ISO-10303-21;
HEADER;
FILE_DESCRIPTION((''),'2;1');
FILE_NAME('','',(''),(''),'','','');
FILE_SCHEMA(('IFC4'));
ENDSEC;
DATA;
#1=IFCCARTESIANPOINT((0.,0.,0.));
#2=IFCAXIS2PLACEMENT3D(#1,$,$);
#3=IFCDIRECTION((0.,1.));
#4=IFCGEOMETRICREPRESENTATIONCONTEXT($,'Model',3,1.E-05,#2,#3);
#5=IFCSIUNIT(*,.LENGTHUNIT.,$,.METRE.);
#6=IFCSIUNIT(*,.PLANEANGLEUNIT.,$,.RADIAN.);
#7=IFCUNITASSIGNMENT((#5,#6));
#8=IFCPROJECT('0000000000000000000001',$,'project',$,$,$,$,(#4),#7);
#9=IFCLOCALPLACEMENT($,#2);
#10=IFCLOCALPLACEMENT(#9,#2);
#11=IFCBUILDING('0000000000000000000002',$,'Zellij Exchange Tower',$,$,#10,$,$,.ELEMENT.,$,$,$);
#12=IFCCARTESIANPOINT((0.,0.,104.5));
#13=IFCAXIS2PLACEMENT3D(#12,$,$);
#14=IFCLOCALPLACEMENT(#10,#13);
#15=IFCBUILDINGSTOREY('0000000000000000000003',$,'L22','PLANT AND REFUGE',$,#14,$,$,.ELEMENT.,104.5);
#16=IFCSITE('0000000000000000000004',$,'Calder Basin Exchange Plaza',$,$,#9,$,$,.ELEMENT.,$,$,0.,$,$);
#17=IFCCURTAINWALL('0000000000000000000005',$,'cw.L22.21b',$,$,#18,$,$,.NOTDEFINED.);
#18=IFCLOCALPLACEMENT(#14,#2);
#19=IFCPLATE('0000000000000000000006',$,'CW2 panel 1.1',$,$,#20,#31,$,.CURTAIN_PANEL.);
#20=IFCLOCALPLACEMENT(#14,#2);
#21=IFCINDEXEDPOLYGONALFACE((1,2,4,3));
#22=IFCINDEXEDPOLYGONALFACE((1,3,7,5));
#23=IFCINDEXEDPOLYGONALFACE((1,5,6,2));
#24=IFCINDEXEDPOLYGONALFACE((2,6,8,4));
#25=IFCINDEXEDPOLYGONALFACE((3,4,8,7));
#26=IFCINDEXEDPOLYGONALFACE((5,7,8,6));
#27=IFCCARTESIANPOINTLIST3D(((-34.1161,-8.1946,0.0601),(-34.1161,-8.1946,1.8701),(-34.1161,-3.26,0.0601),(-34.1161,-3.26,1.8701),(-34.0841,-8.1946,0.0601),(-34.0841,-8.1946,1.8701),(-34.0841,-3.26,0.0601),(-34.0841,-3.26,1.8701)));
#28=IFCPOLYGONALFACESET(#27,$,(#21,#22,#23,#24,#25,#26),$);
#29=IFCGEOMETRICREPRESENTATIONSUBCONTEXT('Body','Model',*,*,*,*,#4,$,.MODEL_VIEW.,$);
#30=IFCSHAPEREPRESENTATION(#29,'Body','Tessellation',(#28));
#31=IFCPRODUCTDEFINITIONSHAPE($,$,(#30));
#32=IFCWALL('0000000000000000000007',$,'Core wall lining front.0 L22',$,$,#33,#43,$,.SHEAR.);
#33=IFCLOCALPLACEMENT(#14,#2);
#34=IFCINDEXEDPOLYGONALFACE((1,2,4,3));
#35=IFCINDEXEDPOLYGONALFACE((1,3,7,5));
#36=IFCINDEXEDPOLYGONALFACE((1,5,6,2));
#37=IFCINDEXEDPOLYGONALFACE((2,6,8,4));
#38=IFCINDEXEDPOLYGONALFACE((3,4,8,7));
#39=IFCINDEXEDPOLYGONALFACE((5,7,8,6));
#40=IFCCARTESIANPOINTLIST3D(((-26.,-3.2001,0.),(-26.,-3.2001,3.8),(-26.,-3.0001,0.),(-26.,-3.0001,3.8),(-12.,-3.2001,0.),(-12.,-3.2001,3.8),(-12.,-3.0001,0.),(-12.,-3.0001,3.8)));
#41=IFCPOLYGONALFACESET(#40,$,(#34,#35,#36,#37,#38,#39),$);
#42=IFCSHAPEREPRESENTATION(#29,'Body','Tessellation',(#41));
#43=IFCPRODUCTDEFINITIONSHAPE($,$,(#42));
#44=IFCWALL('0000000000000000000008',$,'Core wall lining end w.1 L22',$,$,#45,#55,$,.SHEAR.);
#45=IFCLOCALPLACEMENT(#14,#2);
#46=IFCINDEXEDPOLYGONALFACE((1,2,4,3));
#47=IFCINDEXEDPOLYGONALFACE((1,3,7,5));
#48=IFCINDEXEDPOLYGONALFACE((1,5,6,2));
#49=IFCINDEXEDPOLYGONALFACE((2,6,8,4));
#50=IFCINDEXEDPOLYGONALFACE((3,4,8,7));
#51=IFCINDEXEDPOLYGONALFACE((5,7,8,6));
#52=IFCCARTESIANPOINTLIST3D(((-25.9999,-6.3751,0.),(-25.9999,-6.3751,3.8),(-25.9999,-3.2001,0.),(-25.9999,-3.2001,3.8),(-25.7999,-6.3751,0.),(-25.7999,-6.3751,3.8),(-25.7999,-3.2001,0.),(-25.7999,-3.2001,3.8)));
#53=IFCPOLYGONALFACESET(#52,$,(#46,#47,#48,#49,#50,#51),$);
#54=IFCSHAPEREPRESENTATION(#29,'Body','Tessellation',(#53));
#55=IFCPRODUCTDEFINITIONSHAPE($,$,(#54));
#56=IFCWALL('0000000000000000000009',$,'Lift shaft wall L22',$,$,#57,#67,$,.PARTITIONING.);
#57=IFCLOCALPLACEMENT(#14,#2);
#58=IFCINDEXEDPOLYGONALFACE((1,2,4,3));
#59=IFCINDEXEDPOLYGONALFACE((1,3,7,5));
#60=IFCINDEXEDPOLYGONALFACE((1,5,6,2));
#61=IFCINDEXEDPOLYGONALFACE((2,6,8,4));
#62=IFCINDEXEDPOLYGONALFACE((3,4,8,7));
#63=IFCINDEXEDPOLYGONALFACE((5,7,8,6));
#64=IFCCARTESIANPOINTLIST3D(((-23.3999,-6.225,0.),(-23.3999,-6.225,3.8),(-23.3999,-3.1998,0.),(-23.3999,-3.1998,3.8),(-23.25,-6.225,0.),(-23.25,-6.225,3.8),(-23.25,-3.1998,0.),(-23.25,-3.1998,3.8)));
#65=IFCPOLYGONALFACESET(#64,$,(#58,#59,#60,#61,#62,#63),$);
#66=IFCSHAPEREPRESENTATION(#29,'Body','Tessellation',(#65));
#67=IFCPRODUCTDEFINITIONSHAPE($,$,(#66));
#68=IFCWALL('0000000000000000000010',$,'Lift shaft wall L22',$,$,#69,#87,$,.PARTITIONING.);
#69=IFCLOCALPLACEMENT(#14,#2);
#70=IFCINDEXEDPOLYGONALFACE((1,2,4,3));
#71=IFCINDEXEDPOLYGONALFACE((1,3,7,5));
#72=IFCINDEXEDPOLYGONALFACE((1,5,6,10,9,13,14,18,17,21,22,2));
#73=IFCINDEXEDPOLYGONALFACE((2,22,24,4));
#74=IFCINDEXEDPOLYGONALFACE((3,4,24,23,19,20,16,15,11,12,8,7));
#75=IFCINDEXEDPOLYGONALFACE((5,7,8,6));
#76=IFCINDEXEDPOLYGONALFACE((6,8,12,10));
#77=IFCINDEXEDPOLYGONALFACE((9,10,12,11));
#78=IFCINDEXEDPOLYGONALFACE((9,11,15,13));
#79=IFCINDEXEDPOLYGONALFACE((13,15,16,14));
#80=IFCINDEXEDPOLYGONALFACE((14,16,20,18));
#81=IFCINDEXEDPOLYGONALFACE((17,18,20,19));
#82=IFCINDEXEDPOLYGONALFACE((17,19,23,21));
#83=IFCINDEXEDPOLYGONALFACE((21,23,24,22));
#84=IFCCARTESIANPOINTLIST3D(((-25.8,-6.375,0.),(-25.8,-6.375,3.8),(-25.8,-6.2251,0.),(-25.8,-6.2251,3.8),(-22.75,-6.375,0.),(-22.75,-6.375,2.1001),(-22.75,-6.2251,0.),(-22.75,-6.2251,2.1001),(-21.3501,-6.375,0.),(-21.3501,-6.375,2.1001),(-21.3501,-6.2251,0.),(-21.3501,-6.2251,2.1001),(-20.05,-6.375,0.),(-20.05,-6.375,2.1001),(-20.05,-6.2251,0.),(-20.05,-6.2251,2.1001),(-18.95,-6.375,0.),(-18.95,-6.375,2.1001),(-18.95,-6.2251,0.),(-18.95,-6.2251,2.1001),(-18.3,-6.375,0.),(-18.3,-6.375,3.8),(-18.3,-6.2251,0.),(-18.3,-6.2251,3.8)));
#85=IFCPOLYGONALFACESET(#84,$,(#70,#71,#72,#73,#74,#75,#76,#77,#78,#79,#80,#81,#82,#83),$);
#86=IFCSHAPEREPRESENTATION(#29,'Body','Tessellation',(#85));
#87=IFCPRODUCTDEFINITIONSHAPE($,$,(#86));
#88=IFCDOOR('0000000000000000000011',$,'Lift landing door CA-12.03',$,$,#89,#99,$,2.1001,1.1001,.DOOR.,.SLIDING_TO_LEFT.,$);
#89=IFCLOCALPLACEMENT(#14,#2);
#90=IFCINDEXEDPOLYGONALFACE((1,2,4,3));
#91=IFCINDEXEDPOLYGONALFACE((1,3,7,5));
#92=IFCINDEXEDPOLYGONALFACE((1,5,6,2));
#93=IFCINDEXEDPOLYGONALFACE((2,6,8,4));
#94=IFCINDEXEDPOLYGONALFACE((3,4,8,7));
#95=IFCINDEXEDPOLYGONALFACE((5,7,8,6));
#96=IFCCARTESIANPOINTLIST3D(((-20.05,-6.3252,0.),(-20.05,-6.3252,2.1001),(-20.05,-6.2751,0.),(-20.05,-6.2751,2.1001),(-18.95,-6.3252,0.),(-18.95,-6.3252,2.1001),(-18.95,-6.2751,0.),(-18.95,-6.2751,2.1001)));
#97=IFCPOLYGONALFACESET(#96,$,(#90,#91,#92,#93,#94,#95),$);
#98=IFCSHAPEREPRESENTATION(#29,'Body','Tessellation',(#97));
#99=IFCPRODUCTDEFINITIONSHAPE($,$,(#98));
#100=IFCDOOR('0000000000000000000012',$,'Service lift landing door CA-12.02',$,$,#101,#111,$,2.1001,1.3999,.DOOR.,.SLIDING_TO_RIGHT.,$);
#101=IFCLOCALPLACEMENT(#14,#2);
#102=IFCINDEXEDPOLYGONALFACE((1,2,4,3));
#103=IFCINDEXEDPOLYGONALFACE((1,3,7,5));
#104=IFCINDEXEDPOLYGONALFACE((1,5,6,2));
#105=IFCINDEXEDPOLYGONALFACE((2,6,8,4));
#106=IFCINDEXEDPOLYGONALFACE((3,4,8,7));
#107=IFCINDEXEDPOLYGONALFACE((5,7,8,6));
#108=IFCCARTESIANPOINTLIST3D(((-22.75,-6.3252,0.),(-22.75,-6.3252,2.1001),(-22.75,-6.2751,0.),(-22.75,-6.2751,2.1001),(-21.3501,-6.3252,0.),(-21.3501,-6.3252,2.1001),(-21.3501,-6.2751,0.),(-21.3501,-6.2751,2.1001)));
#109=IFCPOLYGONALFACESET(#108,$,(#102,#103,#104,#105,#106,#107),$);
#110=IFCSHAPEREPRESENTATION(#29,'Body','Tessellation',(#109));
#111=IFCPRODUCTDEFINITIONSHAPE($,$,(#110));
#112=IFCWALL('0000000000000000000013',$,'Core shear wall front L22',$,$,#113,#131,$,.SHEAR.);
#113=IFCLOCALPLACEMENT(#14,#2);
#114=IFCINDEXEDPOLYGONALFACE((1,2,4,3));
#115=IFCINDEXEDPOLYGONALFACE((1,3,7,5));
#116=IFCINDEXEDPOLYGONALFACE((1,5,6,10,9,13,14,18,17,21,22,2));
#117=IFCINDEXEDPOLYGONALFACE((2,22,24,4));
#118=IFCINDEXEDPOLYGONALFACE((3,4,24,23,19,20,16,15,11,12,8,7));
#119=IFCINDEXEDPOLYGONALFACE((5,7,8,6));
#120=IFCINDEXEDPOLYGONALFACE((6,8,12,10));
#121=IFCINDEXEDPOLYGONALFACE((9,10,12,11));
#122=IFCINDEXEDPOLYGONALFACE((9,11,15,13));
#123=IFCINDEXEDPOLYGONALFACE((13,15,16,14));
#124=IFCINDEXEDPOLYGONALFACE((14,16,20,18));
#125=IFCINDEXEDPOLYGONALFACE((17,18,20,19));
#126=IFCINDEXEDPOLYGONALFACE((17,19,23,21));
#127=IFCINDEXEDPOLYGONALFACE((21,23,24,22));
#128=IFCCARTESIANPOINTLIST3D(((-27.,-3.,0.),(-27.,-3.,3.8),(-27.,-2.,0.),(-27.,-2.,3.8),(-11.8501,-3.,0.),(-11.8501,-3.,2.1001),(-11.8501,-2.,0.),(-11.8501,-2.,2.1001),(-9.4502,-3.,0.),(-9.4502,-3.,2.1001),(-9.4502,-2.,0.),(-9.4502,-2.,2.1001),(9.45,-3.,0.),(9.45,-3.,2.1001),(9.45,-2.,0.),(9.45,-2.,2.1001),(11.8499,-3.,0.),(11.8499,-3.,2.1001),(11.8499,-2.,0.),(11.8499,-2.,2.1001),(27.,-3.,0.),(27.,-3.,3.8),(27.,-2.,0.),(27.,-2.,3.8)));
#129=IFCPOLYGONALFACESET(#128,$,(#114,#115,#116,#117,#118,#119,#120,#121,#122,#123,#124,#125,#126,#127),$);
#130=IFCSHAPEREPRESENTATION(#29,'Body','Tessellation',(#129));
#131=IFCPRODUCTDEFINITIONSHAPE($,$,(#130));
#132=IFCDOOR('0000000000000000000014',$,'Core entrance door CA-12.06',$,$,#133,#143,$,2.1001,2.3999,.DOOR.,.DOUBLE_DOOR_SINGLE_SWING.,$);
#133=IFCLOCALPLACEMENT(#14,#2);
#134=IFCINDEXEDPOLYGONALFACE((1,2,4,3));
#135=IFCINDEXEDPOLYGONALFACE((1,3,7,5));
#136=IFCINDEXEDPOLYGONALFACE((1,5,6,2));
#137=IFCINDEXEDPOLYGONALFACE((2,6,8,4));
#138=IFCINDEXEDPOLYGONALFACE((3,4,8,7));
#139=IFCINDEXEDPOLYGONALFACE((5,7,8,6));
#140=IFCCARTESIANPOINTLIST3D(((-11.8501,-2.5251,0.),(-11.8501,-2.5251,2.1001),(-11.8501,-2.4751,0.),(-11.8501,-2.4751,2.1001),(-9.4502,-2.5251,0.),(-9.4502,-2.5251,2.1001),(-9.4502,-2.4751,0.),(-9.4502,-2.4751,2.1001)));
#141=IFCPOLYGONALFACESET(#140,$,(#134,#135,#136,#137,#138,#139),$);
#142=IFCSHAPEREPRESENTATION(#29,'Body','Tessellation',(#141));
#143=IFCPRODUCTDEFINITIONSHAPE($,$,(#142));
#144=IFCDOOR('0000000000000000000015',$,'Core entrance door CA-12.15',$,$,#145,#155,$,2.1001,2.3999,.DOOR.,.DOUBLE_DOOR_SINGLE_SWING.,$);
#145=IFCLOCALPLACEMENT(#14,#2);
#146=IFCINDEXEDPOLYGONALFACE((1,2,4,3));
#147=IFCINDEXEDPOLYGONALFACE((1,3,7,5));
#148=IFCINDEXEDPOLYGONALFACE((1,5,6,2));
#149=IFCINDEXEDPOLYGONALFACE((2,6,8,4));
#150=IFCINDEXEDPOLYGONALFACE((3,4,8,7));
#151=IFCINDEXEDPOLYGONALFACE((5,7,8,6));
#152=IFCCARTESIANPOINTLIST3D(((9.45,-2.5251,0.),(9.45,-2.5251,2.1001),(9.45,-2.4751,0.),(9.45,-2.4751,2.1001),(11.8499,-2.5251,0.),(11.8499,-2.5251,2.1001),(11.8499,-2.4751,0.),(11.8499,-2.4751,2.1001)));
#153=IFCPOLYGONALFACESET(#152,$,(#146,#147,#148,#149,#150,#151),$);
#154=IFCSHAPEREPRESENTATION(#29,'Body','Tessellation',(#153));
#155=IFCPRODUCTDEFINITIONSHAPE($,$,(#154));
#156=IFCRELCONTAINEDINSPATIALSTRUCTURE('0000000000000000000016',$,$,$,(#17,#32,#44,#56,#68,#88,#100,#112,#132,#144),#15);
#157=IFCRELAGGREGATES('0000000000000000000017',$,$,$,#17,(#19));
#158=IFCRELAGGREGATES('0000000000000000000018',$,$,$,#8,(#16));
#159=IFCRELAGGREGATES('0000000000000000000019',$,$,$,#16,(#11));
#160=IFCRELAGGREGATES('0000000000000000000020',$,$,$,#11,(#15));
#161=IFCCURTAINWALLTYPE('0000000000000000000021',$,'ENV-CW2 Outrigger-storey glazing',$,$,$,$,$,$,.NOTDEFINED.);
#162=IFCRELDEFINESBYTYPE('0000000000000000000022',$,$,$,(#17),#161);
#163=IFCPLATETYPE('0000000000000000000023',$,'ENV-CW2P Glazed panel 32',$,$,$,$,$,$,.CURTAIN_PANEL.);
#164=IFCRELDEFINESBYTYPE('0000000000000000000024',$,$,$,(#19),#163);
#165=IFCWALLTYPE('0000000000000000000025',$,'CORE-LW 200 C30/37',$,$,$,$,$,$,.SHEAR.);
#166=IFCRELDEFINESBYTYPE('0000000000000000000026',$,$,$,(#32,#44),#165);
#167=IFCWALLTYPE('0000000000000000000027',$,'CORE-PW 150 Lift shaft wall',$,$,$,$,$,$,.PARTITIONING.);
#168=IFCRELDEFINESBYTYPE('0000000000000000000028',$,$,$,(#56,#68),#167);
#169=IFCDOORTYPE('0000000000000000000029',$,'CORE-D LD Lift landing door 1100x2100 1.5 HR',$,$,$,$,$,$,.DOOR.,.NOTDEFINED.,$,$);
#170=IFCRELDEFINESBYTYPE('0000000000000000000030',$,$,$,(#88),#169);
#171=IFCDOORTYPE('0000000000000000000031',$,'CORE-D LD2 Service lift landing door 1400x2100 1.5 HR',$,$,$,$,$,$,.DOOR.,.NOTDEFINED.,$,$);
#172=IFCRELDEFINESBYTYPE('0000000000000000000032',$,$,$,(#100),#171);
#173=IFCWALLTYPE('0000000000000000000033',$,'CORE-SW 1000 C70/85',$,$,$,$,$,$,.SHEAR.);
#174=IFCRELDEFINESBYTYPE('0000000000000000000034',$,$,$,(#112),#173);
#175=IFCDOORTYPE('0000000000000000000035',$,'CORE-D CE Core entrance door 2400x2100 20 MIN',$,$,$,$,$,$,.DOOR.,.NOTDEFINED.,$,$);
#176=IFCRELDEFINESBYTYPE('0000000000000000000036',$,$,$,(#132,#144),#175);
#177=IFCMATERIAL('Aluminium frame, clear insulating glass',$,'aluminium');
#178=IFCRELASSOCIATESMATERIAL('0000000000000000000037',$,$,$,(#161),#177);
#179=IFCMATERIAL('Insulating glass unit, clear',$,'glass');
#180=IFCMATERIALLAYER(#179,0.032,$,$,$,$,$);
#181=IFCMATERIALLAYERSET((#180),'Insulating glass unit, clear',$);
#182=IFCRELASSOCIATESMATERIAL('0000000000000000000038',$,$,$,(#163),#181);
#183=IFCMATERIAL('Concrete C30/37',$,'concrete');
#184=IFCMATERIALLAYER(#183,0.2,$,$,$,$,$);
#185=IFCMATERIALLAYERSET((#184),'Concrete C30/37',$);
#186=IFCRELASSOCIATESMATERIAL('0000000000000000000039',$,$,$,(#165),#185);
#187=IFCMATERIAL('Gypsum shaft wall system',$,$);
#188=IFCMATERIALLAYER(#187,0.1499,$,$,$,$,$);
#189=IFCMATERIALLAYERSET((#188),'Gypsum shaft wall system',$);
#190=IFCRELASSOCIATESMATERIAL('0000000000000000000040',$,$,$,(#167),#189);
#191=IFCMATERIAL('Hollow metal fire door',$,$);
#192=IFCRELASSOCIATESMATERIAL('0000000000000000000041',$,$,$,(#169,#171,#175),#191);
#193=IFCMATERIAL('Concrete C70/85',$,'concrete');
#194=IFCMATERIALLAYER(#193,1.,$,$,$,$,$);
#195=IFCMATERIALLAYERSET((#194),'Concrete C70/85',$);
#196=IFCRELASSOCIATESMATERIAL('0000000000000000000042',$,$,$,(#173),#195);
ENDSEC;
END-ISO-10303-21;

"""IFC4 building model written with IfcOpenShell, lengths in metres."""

from ifc_helpers import new_model, si_unit, direction, frame, frame_2d, origin, origin_2d, place, context, subcontext, project, spatial, rectangle, extrude, material, layer, layer_set, type_object, element, fill, aggregate, save


model = new_model("IFC4")

# Units and contexts
model_context = context("Model", 3, precision=1e-05, world=origin(), true_north=direction((0.0, 1.0)))
body_context = subcontext(model_context, "Body", "Model", "MODEL_VIEW")
ifc_project = project(units=[si_unit("LENGTHUNIT", "METRE"), si_unit("PLANEANGLEUNIT", "RADIAN")], contexts=[model_context])

# Site, building, storey
site_placement = place(None, origin())
site = spatial("IfcSite", under=ifc_project, at=site_placement, Name="Calder Basin Exchange Plaza", CompositionType="ELEMENT", RefElevation=0.0)
building_placement = place(site_placement, origin())
building = spatial("IfcBuilding", under=site, at=building_placement, Name="Zellij Exchange Tower", CompositionType="ELEMENT")
storey_placement = place(building_placement, frame((0.0, 0.0, 104.5)))
storey = spatial("IfcBuildingStorey", under=building, at=storey_placement, Name="L22", Description="PLANT AND REFUGE", CompositionType="ELEMENT", Elevation=104.5)

# Shared definitions
ifc_material_1 = material(Name="Concrete C70/85", Category="concrete")

# Shared definitions
ifc_material_2 = material(Name="Aluminium frame, clear insulating glass", Category="aluminium")
curtain_wall_type = type_object("IfcCurtainWallType", Name="ENV-CW2 Outrigger-storey glazing", PredefinedType="NOTDEFINED", material=ifc_material_2)

# Curtain wall
curtain_wall_1_placement = place(storey_placement, origin())
curtain_wall_1 = element("IfcCurtainWall", 1, at=curtain_wall_1_placement, inside=storey, type_object=curtain_wall_type, Name="cw.L22.21b", PredefinedType="NOTDEFINED")

# Plate
ifc_material_3 = material(Name="Insulating glass unit, clear", Category="glass")
ifc_layer_1 = layer(ifc_material_3, 0.032)
ifc_layer_set_1 = layer_set([ifc_layer_1], Name="Insulating glass unit, clear")
plate_type_1 = type_object("IfcPlateType", Name="ENV-CW2P Glazed panel 32", PredefinedType="CURTAIN_PANEL", material=ifc_layer_set_1)
plate_1_placement = place(storey_placement, frame((-34.1001, -5.7273, 0.0601), z_axis=(0.0, 0.0, 1.0), x_axis=(0.0, -1.0, 0.0)))
plate_1 = element("IfcPlate", 2, at=plate_1_placement, type_object=plate_type_1, Name="CW2 panel 1.1", PredefinedType="CURTAIN_PANEL", context=body_context, shape_type="SweptSolid", body=[
    extrude(rectangle(XDim=4.9346, YDim=0.032, at=origin_2d()), origin(), (0.0, 0.0, 1.0), 1.8101),
])
aggregate(curtain_wall_1, [plate_1])

# Walls
ifc_material_4 = material(Name="Concrete C30/37", Category="concrete")
ifc_layer_2 = layer(ifc_material_4, 0.2)
ifc_layer_set_2 = layer_set([ifc_layer_2], Name="Concrete C30/37")
wall_type_1 = type_object("IfcWallType", Name="CORE-LW 200 C30/37", PredefinedType="SHEAR", material=ifc_layer_set_2)
wall_1_placement = place(storey_placement, frame((-26.0, -3.1001, 0.0), z_axis=(0.0, 0.0, 1.0), x_axis=(1.0, 0.0, 0.0)))
element("IfcWall", 3, at=wall_1_placement, inside=storey, type_object=wall_type_1, Name="Core wall lining front.0 L22", PredefinedType="SHEAR", context=body_context, shape_type="SweptSolid", body=[
    extrude(rectangle(XDim=14.0, YDim=0.2, at=frame_2d((7.0, 0.0))), origin(), (0.0, 0.0, 1.0), 3.8),
])
wall_2_placement = place(storey_placement, frame((-25.8999, -6.375, 0.0), z_axis=(0.0, 0.0, 1.0), x_axis=(0.0, 1.0, 0.0)))
element("IfcWall", 4, at=wall_2_placement, inside=storey, type_object=wall_type_1, Name="Core wall lining end w.1 L22", PredefinedType="SHEAR", context=body_context, shape_type="SweptSolid", body=[
    extrude(rectangle(XDim=3.175, YDim=0.2, at=frame_2d((1.5874, 0.0))), origin(), (0.0, 0.0, 1.0), 3.8),
])
ifc_material_5 = material(Name="Gypsum shaft wall system")
ifc_layer_3 = layer(ifc_material_5, 0.1499)
ifc_layer_set_3 = layer_set([ifc_layer_3], Name="Gypsum shaft wall system")
wall_type_2 = type_object("IfcWallType", Name="CORE-PW 150 Lift shaft wall", PredefinedType="PARTITIONING", material=ifc_layer_set_3)
wall_3_placement = place(storey_placement, frame((-23.325, -6.2251, 0.0), z_axis=(0.0, 0.0, 1.0), x_axis=(0.0, 1.0, 0.0)))
element("IfcWall", 5, at=wall_3_placement, inside=storey, type_object=wall_type_2, Name="Lift shaft wall L22", PredefinedType="PARTITIONING", context=body_context, shape_type="SweptSolid", body=[
    extrude(rectangle(XDim=3.0251, YDim=0.1499, at=frame_2d((1.5127, 0.0))), origin(), (0.0, 0.0, 1.0), 3.8),
])

# Walls, openings, doors
wall_4_placement = place(storey_placement, frame((-25.8, -6.3, 0.0), z_axis=(0.0, 0.0, 1.0), x_axis=(1.0, 0.0, 0.0)))
wall_4 = element("IfcWall", 6, at=wall_4_placement, inside=storey, type_object=wall_type_2, Name="Lift shaft wall L22", PredefinedType="PARTITIONING", context=body_context, shape_type="SweptSolid", body=[
    extrude(rectangle(XDim=7.5, YDim=0.1499, at=frame_2d((3.75, 0.0))), origin(), (0.0, 0.0, 1.0), 3.8),
])
opening_1_placement = place(wall_4_placement, frame((3.05, 0.0, 0.0)))
opening_1 = element("IfcOpeningElement", 7, at=opening_1_placement, cuts=wall_4, PredefinedType="OPENING", context=body_context, shape_type="SweptSolid", body=[
    extrude(rectangle(XDim=1.3999, YDim=2.1001, at=frame_2d((0.7, 1.05))), frame((0.0, 0.0869, 0.0), z_axis=(0.0, -1.0, 0.0), x_axis=(1.0, 0.0, 0.0)), (0.0, 0.0, 1.0), 0.1738),
])
opening_2_placement = place(wall_4_placement, frame((5.75, 0.0, 0.0)))
opening_2 = element("IfcOpeningElement", 8, at=opening_2_placement, cuts=wall_4, PredefinedType="OPENING", context=body_context, shape_type="SweptSolid", body=[
    extrude(rectangle(XDim=1.1001, YDim=2.1001, at=frame_2d((0.55, 1.05))), frame((0.0, 0.0869, 0.0), z_axis=(0.0, -1.0, 0.0), x_axis=(1.0, 0.0, 0.0)), (0.0, 0.0, 1.0), 0.1738),
])
ifc_material_6 = material(Name="Hollow metal fire door")
door_type_1 = type_object("IfcDoorType", Name="CORE-D LD Lift landing door 1100x2100 1.5 HR", OperationType="NOTDEFINED", PredefinedType="DOOR", material=ifc_material_6)
door_1_placement = place(opening_2_placement, origin())
door_1 = element("IfcDoor", 9, at=door_1_placement, inside=storey, type_object=door_type_1, Name="Lift landing door CA-12.03", OperationType="SLIDING_TO_LEFT", OverallHeight=2.1001, OverallWidth=1.1001, PredefinedType="DOOR", context=body_context, shape_type="SweptSolid", body=[
    extrude(rectangle(XDim=1.1001, YDim=2.1001, at=frame_2d((0.55, 1.05))), frame((0.0, 0.0249, 0.0), z_axis=(0.0, -1.0, 0.0), x_axis=(1.0, 0.0, 0.0)), (0.0, 0.0, 1.0), 0.05),
])
fill(opening_2, door_1)
door_type_2 = type_object("IfcDoorType", Name="CORE-D LD2 Service lift landing door 1400x2100 1.5 HR", OperationType="NOTDEFINED", PredefinedType="DOOR", material=ifc_material_6)
door_2_placement = place(opening_1_placement, origin())
door_2 = element("IfcDoor", 10, at=door_2_placement, inside=storey, type_object=door_type_2, Name="Service lift landing door CA-12.02", OperationType="SLIDING_TO_RIGHT", OverallHeight=2.1001, OverallWidth=1.3999, PredefinedType="DOOR", context=body_context, shape_type="SweptSolid", body=[
    extrude(rectangle(XDim=1.3999, YDim=2.1001, at=frame_2d((0.7, 1.05))), frame((0.0, 0.0249, 0.0), z_axis=(0.0, -1.0, 0.0), x_axis=(1.0, 0.0, 0.0)), (0.0, 0.0, 1.0), 0.05),
])
fill(opening_1, door_2)
ifc_layer_4 = layer(ifc_material_1, 1.0)
ifc_layer_set_4 = layer_set([ifc_layer_4], Name="Concrete C70/85")
wall_type_3 = type_object("IfcWallType", Name="CORE-SW 1000 C70/85", PredefinedType="SHEAR", material=ifc_layer_set_4)
wall_5_placement = place(storey_placement, frame((-27.0, -2.5, 0.0), z_axis=(0.0, 0.0, 1.0), x_axis=(1.0, 0.0, 0.0)))
wall_5 = element("IfcWall", 11, at=wall_5_placement, inside=storey, type_object=wall_type_3, Name="Core shear wall front L22", PredefinedType="SHEAR", context=body_context, shape_type="SweptSolid", body=[
    extrude(rectangle(XDim=54.0, YDim=1.0, at=frame_2d((27.0, 0.0))), origin(), (0.0, 0.0, 1.0), 3.8),
])
opening_3_placement = place(wall_5_placement, frame((15.1499, 0.0, 0.0)))
opening_3 = element("IfcOpeningElement", 12, at=opening_3_placement, cuts=wall_5, PredefinedType="OPENING", context=body_context, shape_type="SweptSolid", body=[
    extrude(rectangle(XDim=2.3999, YDim=2.1001, at=frame_2d((1.2, 1.05))), frame((0.0, 0.512, 0.0), z_axis=(0.0, -1.0, 0.0), x_axis=(1.0, 0.0, 0.0)), (0.0, 0.0, 1.0), 1.0239),
])
opening_4_placement = place(wall_5_placement, frame((36.45, 0.0, 0.0)))
opening_4 = element("IfcOpeningElement", 13, at=opening_4_placement, cuts=wall_5, PredefinedType="OPENING", context=body_context, shape_type="SweptSolid", body=[
    extrude(rectangle(XDim=2.3999, YDim=2.1001, at=frame_2d((1.2, 1.05))), frame((0.0, 0.512, 0.0), z_axis=(0.0, -1.0, 0.0), x_axis=(1.0, 0.0, 0.0)), (0.0, 0.0, 1.0), 1.0239),
])
door_type_3 = type_object("IfcDoorType", Name="CORE-D CE Core entrance door 2400x2100 20 MIN", OperationType="NOTDEFINED", PredefinedType="DOOR", material=ifc_material_6)
door_3_placement = place(opening_3_placement, origin())
door_3 = element("IfcDoor", 14, at=door_3_placement, inside=storey, type_object=door_type_3, Name="Core entrance door CA-12.06", OperationType="DOUBLE_DOOR_SINGLE_SWING", OverallHeight=2.1001, OverallWidth=2.3999, PredefinedType="DOOR", context=body_context, shape_type="SweptSolid", body=[
    extrude(rectangle(XDim=2.3999, YDim=2.1001, at=frame_2d((1.2, 1.05))), frame((0.0, 0.0249, 0.0), z_axis=(0.0, -1.0, 0.0), x_axis=(1.0, 0.0, 0.0)), (0.0, 0.0, 1.0), 0.05),
])
fill(opening_3, door_3)
door_4_placement = place(opening_4_placement, origin())
door_4 = element("IfcDoor", 15, at=door_4_placement, inside=storey, type_object=door_type_3, Name="Core entrance door CA-12.15", OperationType="DOUBLE_DOOR_SINGLE_SWING", OverallHeight=2.1001, OverallWidth=2.3999, PredefinedType="DOOR", context=body_context, shape_type="SweptSolid", body=[
    extrude(rectangle(XDim=2.3999, YDim=2.1001, at=frame_2d((1.2, 1.05))), frame((0.0, 0.0249, 0.0), z_axis=(0.0, -1.0, 0.0), x_axis=(1.0, 0.0, 0.0)), (0.0, 0.0, 1.0), 0.05),
])
fill(opening_4, door_4)

save(model, "model.ifc")
